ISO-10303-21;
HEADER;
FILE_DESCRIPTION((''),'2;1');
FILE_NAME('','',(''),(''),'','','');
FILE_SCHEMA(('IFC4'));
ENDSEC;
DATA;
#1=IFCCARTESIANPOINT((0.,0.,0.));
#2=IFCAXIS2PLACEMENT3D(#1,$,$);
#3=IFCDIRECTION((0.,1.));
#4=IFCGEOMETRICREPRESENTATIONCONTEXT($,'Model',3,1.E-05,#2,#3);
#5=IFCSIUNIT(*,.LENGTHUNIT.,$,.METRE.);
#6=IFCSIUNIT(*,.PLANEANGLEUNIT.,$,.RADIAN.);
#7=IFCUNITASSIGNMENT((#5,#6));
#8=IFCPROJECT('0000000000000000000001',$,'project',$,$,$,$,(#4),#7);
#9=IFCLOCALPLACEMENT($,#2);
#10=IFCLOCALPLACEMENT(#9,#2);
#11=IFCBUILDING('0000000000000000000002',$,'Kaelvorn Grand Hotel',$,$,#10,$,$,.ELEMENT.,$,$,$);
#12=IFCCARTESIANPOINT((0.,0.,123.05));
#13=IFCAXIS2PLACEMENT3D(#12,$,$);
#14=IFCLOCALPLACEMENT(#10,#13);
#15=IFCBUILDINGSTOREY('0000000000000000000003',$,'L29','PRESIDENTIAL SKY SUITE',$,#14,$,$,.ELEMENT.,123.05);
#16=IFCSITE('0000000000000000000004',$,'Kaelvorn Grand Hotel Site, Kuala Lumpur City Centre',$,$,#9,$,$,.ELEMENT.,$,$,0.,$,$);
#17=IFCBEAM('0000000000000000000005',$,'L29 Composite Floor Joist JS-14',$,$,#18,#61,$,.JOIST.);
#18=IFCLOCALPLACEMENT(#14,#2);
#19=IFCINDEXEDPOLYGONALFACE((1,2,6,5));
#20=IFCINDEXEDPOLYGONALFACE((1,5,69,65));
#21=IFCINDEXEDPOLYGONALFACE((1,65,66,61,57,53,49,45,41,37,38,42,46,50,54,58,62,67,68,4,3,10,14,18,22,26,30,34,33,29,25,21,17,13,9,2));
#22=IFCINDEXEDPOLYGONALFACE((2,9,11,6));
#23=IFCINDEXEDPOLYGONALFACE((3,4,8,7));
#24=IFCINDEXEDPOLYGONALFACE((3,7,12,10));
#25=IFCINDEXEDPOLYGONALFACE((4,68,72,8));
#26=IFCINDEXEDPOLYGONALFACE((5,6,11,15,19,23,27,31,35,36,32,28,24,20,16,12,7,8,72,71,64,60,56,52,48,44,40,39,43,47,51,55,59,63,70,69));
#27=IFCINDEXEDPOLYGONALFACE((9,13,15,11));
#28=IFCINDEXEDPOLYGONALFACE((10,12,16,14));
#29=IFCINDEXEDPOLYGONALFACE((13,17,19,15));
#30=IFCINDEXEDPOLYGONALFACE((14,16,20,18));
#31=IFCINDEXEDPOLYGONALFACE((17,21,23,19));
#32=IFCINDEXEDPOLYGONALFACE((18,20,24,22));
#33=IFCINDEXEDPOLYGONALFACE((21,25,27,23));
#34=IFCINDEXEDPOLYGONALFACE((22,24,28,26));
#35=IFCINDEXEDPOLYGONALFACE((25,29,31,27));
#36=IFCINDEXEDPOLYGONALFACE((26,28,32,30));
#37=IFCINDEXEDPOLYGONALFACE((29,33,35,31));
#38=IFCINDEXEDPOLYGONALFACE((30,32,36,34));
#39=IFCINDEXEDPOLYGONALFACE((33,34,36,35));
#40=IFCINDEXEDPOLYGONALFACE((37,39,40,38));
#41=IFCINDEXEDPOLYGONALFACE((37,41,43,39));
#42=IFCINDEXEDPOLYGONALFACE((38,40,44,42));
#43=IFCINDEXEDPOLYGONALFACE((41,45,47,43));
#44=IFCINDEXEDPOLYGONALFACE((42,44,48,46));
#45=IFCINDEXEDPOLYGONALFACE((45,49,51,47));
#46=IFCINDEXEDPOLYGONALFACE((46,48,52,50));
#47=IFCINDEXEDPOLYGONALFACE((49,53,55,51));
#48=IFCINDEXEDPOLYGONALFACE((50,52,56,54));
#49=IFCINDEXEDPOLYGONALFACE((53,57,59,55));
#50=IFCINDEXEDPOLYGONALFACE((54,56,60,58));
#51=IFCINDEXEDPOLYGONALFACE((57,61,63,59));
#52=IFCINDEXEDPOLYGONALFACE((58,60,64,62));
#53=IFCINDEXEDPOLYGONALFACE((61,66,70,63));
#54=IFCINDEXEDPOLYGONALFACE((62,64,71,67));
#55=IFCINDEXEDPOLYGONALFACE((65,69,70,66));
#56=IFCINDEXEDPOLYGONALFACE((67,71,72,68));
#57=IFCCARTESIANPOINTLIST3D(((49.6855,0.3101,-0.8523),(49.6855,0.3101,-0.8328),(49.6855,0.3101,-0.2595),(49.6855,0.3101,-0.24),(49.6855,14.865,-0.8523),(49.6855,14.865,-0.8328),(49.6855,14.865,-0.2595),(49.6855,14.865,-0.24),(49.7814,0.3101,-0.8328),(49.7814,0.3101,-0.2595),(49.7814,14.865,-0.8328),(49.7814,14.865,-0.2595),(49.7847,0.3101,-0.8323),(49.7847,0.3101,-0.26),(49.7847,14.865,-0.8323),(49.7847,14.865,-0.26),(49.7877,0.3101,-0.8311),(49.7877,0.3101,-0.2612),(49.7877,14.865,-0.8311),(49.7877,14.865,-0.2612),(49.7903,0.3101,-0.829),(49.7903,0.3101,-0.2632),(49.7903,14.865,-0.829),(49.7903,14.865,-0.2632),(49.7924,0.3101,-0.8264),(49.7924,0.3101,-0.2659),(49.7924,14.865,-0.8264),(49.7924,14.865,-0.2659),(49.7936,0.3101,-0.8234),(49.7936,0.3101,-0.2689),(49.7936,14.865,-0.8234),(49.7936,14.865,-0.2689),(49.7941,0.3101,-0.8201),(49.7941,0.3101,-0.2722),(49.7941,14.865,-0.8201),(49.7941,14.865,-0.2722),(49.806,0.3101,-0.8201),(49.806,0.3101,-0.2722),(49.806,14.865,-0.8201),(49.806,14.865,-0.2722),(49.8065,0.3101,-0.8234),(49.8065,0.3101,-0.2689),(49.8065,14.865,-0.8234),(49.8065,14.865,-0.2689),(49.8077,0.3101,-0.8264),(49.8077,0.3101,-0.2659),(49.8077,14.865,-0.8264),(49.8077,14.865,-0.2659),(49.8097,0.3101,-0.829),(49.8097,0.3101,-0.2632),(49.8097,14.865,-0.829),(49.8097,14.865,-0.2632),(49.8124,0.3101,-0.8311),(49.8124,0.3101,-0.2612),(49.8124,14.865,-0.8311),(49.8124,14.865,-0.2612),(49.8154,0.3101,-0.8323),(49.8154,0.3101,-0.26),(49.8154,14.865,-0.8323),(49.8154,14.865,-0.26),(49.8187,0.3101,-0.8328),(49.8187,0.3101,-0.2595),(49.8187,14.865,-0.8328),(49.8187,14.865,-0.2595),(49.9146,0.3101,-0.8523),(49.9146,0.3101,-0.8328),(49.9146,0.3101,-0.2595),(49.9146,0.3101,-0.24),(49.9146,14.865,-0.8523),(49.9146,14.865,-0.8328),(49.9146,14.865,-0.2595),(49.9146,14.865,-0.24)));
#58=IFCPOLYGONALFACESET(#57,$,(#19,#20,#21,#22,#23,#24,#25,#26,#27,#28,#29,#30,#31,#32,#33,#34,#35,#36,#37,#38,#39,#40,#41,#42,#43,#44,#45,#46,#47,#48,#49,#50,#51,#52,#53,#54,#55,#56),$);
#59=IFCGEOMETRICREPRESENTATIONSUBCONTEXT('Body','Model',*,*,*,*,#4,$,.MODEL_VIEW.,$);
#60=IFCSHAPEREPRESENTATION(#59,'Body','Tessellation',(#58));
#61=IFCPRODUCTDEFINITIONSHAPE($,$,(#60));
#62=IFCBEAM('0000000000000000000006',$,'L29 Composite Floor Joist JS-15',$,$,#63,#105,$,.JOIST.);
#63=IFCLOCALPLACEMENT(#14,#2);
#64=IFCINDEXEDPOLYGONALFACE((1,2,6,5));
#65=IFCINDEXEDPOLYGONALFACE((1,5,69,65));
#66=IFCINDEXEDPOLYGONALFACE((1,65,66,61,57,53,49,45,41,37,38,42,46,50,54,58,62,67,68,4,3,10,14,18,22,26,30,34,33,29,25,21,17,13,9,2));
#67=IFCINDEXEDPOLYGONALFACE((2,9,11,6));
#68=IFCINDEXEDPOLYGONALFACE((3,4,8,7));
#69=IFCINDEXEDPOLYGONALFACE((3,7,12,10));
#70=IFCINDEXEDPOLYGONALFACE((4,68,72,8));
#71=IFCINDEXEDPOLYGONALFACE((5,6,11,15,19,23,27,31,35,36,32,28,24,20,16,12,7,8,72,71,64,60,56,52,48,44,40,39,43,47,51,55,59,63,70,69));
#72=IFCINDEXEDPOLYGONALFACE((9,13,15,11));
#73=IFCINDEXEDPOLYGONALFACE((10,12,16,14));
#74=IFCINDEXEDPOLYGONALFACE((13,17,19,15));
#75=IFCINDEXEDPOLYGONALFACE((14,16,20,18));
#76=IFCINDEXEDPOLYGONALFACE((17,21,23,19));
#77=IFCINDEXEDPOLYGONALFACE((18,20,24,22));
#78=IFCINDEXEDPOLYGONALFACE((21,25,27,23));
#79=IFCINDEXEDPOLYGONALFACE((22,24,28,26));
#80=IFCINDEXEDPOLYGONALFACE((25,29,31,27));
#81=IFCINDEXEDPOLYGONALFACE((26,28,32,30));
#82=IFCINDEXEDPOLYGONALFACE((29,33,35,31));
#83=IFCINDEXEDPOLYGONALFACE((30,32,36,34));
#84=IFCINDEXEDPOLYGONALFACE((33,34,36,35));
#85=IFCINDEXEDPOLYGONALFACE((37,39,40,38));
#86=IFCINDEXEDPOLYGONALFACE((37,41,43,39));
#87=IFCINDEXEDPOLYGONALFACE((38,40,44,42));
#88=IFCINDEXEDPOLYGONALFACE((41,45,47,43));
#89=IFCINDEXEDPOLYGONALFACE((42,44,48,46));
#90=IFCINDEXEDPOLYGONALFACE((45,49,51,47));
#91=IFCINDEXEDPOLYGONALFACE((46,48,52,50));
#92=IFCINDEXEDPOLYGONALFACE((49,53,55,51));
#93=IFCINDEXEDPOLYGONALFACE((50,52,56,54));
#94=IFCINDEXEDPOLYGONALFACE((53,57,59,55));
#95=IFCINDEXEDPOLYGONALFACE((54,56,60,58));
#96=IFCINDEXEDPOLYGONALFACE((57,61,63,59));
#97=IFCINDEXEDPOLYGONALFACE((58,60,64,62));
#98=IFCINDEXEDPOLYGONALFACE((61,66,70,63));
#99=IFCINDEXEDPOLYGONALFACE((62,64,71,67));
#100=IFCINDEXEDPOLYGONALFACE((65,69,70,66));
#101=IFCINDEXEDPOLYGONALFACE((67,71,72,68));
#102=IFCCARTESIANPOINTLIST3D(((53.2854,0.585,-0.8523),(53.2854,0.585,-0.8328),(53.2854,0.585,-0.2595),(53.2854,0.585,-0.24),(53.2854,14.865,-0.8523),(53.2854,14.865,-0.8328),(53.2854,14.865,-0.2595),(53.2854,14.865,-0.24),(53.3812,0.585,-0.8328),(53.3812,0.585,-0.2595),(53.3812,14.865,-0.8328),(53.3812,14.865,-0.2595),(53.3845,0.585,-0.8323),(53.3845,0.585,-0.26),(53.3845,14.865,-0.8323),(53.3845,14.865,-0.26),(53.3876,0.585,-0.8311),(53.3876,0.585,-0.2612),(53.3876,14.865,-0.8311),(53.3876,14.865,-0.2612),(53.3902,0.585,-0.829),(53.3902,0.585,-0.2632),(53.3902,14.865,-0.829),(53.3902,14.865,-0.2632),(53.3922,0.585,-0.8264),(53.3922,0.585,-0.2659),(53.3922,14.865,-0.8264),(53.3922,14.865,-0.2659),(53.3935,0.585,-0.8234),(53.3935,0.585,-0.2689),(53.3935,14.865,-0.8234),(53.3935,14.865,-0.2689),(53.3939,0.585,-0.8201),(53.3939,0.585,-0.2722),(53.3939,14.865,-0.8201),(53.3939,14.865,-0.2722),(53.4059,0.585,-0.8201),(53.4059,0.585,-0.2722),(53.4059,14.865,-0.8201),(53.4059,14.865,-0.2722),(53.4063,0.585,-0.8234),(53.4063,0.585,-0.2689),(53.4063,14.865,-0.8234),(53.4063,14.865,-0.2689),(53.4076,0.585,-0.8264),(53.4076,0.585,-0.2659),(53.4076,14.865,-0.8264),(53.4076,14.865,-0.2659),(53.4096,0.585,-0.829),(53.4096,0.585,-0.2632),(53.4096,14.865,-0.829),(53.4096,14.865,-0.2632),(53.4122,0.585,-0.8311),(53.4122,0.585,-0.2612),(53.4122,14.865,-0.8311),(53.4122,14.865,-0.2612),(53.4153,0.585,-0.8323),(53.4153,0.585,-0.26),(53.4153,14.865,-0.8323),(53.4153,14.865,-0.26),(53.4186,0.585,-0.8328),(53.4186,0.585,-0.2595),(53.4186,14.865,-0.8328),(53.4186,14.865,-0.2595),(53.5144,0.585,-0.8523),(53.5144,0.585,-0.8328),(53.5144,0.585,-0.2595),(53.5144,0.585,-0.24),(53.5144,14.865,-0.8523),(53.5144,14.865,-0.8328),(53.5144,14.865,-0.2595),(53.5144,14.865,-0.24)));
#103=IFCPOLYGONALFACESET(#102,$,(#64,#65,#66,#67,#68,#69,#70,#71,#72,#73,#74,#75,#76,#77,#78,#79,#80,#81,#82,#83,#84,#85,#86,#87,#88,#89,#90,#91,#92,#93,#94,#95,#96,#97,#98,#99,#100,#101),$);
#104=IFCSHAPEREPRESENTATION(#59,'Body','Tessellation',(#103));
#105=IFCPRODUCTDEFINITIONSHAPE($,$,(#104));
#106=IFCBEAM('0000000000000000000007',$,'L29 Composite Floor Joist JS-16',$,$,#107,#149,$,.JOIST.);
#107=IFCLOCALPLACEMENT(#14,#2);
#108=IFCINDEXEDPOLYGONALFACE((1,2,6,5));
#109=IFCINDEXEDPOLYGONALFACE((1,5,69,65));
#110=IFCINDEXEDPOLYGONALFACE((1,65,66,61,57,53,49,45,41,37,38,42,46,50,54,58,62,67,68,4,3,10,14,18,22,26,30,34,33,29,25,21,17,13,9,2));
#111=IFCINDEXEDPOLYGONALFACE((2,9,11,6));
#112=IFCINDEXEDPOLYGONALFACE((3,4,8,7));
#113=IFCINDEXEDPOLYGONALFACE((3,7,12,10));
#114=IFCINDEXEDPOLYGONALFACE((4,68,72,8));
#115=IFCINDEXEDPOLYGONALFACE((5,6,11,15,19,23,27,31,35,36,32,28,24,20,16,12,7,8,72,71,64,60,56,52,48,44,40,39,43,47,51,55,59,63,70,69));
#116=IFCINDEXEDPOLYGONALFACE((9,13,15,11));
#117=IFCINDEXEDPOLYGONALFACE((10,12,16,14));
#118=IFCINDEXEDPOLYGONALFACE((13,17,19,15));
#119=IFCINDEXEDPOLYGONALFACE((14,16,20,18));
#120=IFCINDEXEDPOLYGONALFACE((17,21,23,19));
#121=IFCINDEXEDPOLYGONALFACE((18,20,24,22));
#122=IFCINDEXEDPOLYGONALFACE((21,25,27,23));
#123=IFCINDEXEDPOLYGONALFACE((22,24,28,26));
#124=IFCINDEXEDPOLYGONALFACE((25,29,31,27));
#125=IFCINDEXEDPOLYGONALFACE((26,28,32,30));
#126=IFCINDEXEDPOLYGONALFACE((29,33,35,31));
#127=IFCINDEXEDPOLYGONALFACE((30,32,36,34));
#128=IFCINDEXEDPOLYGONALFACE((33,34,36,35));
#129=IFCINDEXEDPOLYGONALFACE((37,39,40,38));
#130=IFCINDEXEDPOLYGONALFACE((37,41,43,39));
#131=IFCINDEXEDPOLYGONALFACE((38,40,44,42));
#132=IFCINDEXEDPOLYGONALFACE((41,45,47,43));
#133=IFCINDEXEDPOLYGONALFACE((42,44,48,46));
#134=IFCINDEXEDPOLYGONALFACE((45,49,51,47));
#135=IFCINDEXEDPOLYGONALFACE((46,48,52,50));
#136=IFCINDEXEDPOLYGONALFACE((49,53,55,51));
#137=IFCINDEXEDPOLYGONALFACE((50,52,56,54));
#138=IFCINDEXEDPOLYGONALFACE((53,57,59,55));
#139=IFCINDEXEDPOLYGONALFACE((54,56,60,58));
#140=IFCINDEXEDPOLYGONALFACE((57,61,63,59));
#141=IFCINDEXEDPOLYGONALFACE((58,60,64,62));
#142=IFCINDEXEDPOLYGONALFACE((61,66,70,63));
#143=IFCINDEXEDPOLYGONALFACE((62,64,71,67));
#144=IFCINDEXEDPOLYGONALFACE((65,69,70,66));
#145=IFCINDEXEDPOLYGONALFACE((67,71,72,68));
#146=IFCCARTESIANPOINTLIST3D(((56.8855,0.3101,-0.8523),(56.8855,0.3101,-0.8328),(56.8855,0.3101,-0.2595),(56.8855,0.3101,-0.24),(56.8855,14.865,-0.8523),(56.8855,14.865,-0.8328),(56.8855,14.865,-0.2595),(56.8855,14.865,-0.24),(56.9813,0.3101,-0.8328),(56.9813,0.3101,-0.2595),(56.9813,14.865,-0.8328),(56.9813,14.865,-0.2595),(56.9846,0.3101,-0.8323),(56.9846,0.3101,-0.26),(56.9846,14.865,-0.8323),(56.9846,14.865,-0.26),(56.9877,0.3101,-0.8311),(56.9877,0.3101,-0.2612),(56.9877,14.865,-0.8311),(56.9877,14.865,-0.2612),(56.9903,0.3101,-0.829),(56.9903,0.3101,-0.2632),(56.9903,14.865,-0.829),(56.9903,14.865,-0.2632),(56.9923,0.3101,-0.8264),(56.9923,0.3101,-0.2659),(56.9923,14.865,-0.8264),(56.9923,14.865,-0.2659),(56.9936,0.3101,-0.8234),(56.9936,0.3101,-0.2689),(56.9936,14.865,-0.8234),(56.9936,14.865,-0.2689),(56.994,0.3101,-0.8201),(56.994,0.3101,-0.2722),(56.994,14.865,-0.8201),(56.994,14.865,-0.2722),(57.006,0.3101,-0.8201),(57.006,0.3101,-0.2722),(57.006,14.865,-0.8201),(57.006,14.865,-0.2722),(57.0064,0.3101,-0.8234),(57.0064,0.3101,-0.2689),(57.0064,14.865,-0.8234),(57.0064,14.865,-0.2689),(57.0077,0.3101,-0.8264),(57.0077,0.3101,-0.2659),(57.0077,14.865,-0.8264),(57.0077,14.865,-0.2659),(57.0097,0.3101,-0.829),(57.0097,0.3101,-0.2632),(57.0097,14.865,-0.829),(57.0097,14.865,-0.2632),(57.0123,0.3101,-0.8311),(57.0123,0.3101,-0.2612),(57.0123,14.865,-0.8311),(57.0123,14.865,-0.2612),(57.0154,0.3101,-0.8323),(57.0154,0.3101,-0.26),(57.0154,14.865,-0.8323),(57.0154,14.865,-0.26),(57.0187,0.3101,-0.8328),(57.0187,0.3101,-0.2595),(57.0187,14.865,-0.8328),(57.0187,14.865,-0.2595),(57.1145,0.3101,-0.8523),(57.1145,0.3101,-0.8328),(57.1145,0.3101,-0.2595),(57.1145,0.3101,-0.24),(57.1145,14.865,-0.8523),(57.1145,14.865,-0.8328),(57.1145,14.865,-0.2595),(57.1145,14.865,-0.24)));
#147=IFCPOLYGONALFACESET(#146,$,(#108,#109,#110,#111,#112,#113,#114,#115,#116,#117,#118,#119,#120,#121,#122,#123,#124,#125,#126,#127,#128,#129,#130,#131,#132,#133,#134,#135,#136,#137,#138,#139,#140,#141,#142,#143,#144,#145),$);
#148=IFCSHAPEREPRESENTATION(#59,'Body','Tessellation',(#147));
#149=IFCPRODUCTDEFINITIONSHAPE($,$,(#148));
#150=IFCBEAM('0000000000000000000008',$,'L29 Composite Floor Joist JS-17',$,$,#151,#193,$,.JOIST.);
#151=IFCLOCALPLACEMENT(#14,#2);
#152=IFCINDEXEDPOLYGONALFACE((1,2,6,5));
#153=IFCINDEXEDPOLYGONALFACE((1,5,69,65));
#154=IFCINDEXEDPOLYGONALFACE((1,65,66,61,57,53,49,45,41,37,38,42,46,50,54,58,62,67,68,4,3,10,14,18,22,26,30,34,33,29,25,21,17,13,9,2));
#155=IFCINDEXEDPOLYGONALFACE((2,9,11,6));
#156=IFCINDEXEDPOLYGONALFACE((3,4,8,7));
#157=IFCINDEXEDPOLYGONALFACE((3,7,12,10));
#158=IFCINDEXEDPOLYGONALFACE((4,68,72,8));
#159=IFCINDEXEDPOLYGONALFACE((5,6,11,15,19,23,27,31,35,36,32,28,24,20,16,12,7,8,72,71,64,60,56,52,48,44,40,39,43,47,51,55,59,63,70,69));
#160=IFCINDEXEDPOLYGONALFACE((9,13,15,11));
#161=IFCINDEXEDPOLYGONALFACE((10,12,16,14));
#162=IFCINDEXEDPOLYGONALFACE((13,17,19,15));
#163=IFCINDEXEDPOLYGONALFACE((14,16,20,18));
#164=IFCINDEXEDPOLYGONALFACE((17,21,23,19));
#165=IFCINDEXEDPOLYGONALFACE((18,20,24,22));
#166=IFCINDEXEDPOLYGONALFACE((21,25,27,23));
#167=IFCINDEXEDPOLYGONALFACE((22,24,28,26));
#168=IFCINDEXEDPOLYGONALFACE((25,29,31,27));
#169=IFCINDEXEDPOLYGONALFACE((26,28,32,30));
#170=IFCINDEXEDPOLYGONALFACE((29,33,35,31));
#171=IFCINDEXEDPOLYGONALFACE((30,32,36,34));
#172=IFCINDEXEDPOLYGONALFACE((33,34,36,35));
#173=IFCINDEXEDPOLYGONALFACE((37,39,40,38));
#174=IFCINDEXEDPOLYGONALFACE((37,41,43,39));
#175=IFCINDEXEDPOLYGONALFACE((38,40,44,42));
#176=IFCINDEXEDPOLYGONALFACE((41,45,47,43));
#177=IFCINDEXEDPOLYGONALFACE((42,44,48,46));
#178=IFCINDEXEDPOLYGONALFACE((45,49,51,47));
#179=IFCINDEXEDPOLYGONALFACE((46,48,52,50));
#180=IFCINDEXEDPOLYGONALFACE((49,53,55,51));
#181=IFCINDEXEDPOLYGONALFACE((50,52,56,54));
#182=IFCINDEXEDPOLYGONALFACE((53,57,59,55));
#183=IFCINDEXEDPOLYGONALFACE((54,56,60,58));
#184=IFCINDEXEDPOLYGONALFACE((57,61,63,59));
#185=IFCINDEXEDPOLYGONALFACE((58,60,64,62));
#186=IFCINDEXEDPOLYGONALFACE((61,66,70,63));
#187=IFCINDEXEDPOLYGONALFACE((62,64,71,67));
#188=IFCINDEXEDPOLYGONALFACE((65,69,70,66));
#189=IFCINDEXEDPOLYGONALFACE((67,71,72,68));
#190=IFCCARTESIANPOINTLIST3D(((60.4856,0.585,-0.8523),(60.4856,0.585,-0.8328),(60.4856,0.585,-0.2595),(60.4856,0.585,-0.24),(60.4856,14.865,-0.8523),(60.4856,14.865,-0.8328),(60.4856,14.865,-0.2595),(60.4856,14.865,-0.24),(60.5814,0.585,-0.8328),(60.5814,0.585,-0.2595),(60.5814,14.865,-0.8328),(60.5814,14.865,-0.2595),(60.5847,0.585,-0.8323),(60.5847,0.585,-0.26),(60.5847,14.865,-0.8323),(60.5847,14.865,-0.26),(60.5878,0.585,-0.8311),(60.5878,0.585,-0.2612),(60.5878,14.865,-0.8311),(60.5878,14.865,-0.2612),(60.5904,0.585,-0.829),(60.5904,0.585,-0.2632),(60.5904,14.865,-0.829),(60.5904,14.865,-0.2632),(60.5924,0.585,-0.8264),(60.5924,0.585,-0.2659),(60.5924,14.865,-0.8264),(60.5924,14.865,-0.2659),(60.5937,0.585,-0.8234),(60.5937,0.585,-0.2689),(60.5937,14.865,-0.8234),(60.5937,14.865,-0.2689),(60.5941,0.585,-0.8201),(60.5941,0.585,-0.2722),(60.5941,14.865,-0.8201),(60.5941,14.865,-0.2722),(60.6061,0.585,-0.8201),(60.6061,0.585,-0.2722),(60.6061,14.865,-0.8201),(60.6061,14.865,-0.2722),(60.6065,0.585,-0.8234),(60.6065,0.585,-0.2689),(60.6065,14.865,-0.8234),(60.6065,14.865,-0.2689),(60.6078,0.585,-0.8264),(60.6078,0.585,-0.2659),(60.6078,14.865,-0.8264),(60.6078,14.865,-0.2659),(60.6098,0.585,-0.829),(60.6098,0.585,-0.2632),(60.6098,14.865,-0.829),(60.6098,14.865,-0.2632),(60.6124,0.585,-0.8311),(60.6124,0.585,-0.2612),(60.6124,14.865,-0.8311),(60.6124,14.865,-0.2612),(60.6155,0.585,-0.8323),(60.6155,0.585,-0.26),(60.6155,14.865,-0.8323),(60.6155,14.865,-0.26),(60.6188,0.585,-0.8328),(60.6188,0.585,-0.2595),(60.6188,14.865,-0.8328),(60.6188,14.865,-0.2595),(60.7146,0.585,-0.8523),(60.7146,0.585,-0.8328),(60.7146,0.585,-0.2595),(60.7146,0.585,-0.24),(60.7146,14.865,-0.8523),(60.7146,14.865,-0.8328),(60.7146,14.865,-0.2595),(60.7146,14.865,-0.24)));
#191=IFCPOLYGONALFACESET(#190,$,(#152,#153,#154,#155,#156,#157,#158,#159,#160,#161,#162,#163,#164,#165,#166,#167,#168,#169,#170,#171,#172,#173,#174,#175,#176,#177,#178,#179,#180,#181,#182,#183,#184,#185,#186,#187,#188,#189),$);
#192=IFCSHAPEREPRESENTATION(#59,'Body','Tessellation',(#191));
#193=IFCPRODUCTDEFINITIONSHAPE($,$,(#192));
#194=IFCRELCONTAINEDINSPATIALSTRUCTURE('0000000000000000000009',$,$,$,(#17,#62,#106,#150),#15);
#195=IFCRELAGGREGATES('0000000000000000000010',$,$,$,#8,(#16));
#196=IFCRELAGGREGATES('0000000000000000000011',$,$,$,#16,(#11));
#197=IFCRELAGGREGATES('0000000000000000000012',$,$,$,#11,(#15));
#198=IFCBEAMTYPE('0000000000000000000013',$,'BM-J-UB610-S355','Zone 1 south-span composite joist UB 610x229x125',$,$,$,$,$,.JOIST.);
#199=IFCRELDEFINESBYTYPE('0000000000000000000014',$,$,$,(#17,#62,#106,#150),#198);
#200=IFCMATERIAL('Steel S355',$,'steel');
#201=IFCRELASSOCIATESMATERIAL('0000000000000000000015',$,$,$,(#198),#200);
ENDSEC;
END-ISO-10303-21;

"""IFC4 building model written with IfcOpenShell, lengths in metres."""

from ifc_helpers import new_model, si_unit, direction, frame, origin, origin_2d, place, context, subcontext, project, spatial, i_section, extrude, material, material_profile, profile_set, type_object, element, save


model = new_model("IFC4")

# Units and contexts
model_context = context("Model", 3, precision=1e-05, world=origin(), true_north=direction((0.0, 1.0)))
body_context = subcontext(model_context, "Body", "Model", "MODEL_VIEW")
ifc_project = project(units=[si_unit("LENGTHUNIT", "METRE"), si_unit("PLANEANGLEUNIT", "RADIAN")], contexts=[model_context])

# Site, building, storey
site_placement = place(None, origin())
site = spatial("IfcSite", under=ifc_project, at=site_placement, Name="Kaelvorn Grand Hotel Site, Kuala Lumpur City Centre", CompositionType="ELEMENT", RefElevation=0.0)
building_placement = place(site_placement, origin())
building = spatial("IfcBuilding", under=site, at=building_placement, Name="Kaelvorn Grand Hotel", CompositionType="ELEMENT")
storey_placement = place(building_placement, frame((0.0, 0.0, 123.05)))
storey = spatial("IfcBuildingStorey", under=building, at=storey_placement, Name="L29", Description="PRESIDENTIAL SKY SUITE", CompositionType="ELEMENT", Elevation=123.05)

# Beams
ifc_material_1 = material(Name="Steel S355", Category="steel")
ifc_material_profile_1 = material_profile(ifc_material_1, i_section(OverallWidth=0.229, OverallDepth=0.6123, WebThickness=0.012, FlangeThickness=0.0195, FilletRadius=0.0127, at=origin_2d()), Name="UB 610x229x125")
ifc_profile_set_1 = profile_set([ifc_material_profile_1], Name="Steel S355")
beam_type_1 = type_object("IfcBeamType", Name="BM-J-UB610-S355", Description="Zone 1 south-span composite joist UB 610x229x125", PredefinedType="JOIST", material=ifc_profile_set_1)
beam_1_placement = place(storey_placement, frame((49.8, 0.3101, -0.5461), z_axis=(0.0, 1.0, 0.0), x_axis=(-1.0, 0.0, 0.0)))
element("IfcBeam", 1, at=beam_1_placement, inside=storey, type_object=beam_type_1, Name="L29 Composite Floor Joist JS-14", PredefinedType="JOIST", context=body_context, shape_type="SweptSolid", body=[
    extrude(i_section(OverallWidth=0.229, OverallDepth=0.6123, WebThickness=0.012, FlangeThickness=0.0195, FilletRadius=0.0127, at=origin_2d()), origin(), (0.0, 0.0, 1.0), 14.5549),
])
beam_2_placement = place(storey_placement, frame((53.3999, 0.585, -0.5461), z_axis=(0.0, 1.0, 0.0), x_axis=(-1.0, 0.0, 0.0)))
element("IfcBeam", 2, at=beam_2_placement, inside=storey, type_object=beam_type_1, Name="L29 Composite Floor Joist JS-15", PredefinedType="JOIST", context=body_context, shape_type="SweptSolid", body=[
    extrude(i_section(OverallWidth=0.229, OverallDepth=0.6123, WebThickness=0.012, FlangeThickness=0.0195, FilletRadius=0.0127, at=origin_2d()), origin(), (0.0, 0.0, 1.0), 14.28),
])
beam_3_placement = place(storey_placement, frame((57.0, 0.3101, -0.5461), z_axis=(0.0, 1.0, 0.0), x_axis=(-1.0, 0.0, 0.0)))
element("IfcBeam", 3, at=beam_3_placement, inside=storey, type_object=beam_type_1, Name="L29 Composite Floor Joist JS-16", PredefinedType="JOIST", context=body_context, shape_type="SweptSolid", body=[
    extrude(i_section(OverallWidth=0.229, OverallDepth=0.6123, WebThickness=0.012, FlangeThickness=0.0195, FilletRadius=0.0127, at=origin_2d()), origin(), (0.0, 0.0, 1.0), 14.5549),
])
beam_4_placement = place(storey_placement, frame((60.6001, 0.585, -0.5461), z_axis=(0.0, 1.0, 0.0), x_axis=(-1.0, 0.0, 0.0)))
element("IfcBeam", 4, at=beam_4_placement, inside=storey, type_object=beam_type_1, Name="L29 Composite Floor Joist JS-17", PredefinedType="JOIST", context=body_context, shape_type="SweptSolid", body=[
    extrude(i_section(OverallWidth=0.229, OverallDepth=0.6123, WebThickness=0.012, FlangeThickness=0.0195, FilletRadius=0.0127, at=origin_2d()), origin(), (0.0, 0.0, 1.0), 14.28),
])

save(model, "model.ifc")
